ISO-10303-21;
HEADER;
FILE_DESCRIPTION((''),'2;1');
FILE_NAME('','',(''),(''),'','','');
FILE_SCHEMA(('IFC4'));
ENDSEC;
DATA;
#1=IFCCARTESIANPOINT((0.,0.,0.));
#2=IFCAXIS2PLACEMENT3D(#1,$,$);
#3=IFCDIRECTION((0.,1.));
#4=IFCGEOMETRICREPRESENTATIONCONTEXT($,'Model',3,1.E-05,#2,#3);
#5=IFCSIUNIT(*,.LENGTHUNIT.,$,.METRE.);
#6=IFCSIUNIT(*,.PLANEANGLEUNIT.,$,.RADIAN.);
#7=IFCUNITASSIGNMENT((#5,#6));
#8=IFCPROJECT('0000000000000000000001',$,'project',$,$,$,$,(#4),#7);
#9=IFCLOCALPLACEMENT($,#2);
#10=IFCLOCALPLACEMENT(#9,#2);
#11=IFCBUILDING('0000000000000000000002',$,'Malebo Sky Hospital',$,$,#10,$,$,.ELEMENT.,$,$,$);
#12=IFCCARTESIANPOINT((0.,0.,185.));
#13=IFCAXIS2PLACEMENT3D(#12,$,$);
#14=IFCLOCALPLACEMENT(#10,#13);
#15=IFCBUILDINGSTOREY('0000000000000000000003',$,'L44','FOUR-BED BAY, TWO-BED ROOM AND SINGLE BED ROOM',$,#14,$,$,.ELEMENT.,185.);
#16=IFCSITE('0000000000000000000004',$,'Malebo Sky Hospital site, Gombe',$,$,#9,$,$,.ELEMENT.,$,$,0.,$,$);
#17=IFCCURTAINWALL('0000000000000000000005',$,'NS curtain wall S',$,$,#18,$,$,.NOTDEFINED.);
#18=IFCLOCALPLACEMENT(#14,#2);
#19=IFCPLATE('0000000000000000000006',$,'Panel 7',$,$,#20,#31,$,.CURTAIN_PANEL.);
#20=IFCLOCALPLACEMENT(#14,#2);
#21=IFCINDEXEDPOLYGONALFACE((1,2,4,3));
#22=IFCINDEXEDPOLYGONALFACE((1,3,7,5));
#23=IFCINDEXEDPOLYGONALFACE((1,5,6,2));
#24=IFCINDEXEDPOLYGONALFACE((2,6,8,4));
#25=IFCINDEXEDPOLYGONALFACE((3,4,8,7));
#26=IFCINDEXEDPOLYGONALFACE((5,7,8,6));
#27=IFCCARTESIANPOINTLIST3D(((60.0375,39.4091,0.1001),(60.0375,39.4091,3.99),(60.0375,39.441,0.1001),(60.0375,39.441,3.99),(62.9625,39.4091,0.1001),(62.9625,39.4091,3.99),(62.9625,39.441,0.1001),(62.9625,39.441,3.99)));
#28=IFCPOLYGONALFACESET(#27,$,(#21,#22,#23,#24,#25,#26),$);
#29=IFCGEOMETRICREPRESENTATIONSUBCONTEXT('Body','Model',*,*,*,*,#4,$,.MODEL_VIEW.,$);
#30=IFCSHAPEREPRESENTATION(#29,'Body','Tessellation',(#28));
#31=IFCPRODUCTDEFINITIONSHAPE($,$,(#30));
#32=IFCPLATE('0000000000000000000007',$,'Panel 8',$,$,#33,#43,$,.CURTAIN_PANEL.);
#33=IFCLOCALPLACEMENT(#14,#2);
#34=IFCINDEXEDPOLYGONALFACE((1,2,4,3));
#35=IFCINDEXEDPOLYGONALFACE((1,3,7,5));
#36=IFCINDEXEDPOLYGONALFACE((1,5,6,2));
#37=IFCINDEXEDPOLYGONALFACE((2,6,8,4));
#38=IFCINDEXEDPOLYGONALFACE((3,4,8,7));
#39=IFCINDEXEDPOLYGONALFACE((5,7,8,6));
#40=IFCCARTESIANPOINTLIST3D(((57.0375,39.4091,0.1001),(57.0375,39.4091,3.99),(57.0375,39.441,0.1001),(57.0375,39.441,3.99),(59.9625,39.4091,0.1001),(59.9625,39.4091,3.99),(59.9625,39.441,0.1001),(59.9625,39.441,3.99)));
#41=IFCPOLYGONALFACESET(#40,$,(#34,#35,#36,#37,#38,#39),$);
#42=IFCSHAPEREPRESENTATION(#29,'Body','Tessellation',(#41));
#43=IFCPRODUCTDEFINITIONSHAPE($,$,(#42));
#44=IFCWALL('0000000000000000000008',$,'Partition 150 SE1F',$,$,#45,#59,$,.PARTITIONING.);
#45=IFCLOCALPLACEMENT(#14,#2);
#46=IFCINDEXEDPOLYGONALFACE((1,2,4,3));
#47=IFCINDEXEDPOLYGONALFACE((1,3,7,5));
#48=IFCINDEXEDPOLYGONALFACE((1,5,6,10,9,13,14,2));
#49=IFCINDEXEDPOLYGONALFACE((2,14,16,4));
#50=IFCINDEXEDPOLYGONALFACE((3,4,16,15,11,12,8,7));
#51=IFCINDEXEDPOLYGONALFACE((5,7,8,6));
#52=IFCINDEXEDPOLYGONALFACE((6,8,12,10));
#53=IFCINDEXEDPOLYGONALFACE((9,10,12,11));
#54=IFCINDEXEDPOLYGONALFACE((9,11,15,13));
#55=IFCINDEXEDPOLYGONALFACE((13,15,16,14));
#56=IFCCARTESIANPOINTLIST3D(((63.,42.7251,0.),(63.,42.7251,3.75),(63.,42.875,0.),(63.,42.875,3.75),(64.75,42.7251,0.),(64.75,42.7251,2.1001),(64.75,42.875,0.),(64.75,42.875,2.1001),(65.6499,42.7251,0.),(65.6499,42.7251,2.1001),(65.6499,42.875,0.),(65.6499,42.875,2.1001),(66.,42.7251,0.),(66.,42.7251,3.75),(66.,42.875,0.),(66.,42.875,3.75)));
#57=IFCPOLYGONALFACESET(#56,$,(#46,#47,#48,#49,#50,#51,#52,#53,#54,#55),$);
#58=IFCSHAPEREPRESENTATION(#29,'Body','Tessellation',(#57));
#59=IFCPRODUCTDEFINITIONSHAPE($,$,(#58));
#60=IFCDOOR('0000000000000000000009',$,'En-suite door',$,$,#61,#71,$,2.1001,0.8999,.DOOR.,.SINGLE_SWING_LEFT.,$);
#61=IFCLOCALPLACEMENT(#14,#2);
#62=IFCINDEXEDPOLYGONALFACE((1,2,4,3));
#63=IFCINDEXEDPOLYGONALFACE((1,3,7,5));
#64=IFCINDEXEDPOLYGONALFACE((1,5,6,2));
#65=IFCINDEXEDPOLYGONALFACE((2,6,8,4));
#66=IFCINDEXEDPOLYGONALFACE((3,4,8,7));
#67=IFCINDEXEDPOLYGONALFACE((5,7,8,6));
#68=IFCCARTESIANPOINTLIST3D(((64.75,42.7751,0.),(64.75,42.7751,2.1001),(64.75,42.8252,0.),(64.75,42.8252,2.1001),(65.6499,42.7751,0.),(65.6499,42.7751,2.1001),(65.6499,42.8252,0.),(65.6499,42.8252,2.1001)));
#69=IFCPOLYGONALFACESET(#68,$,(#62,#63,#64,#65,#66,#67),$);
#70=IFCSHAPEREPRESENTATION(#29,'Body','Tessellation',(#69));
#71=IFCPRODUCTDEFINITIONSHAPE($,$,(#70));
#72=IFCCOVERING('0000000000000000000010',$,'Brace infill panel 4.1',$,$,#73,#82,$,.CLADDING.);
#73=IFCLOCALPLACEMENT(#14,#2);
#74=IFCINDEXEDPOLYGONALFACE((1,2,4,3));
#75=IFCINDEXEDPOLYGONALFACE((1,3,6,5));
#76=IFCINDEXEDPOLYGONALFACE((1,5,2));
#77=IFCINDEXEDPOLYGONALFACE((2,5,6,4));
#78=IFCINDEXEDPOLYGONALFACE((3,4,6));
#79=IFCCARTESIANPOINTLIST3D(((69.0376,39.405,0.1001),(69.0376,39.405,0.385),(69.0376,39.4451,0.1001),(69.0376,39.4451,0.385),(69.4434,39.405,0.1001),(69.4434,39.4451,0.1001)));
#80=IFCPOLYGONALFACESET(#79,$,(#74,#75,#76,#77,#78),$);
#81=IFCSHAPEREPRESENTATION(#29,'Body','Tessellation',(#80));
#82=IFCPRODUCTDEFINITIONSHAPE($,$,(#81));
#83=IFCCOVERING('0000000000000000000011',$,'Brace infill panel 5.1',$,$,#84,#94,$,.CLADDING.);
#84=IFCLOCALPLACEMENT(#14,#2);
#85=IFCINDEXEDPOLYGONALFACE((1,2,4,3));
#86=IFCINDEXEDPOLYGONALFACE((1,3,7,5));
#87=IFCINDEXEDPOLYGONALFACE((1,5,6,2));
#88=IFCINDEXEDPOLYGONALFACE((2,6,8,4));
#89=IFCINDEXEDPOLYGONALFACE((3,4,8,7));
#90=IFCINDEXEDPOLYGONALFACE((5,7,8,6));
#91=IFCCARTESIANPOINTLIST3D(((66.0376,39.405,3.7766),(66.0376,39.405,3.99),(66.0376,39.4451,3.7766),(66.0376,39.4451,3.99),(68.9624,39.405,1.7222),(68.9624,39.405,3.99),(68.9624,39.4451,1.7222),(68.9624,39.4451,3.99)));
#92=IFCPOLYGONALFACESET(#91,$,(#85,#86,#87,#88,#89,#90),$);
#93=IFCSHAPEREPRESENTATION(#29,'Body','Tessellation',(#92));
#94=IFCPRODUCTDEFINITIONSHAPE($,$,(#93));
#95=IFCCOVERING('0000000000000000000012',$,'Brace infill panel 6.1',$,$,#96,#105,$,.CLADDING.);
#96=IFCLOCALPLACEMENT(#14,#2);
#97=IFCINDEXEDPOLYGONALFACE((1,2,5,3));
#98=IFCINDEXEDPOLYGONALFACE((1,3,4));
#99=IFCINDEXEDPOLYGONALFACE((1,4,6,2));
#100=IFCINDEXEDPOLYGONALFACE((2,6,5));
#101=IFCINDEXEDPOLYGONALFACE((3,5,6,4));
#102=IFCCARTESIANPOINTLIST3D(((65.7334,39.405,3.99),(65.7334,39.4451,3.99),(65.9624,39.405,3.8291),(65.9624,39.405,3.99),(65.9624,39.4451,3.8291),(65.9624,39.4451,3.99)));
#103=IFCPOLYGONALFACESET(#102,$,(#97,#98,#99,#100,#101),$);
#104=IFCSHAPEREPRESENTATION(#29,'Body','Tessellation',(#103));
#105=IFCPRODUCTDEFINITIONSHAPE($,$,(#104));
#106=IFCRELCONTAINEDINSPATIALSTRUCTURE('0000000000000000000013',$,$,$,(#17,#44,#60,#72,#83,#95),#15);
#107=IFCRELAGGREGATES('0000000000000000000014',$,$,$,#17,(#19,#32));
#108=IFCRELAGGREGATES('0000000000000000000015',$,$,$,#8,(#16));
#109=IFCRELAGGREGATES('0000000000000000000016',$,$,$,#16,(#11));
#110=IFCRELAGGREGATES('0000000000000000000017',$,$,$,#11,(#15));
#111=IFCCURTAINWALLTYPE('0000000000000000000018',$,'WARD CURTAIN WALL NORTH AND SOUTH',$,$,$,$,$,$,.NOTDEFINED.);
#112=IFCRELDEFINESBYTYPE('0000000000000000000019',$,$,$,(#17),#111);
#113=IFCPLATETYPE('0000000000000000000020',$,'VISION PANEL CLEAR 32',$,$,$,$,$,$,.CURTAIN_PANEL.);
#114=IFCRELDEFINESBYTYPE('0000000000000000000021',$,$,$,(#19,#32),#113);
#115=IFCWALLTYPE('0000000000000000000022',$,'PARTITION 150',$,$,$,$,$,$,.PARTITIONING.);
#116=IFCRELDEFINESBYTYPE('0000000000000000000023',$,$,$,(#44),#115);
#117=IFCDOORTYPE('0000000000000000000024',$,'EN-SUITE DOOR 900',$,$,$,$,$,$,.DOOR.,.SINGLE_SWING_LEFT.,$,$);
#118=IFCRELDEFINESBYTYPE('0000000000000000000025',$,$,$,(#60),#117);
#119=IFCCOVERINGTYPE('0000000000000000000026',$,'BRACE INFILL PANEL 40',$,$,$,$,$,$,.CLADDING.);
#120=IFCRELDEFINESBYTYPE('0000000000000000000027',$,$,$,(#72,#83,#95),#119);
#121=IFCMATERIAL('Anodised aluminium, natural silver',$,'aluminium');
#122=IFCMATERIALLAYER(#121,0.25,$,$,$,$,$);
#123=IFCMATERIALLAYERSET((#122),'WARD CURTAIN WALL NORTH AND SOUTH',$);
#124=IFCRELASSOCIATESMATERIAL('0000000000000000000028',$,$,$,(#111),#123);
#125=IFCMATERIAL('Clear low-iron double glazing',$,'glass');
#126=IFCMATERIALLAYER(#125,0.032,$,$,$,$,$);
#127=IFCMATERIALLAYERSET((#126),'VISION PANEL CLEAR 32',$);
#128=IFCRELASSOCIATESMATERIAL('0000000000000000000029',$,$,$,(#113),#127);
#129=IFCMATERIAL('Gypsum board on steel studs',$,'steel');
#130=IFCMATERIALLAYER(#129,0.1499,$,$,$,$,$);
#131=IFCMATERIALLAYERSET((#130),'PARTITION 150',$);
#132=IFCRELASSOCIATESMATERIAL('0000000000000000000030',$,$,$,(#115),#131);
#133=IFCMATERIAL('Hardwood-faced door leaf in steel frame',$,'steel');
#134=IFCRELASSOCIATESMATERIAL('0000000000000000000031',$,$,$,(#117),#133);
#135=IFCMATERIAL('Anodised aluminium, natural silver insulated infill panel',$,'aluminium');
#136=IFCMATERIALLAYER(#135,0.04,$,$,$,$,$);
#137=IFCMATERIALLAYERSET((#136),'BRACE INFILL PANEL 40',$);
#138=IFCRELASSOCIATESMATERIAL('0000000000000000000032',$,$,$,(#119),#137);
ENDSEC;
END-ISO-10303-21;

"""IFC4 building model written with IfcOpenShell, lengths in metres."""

from ifc_helpers import new_model, si_unit, direction, frame, frame_2d, origin, origin_2d, place, context, subcontext, project, spatial, polyline, rectangle, outline, extrude, material, layer, layer_set, type_object, element, fill, aggregate, save


model = new_model("IFC4")

# Units and contexts
model_context = context("Model", 3, precision=1e-05, world=origin(), true_north=direction((0.0, 1.0)))
body_context = subcontext(model_context, "Body", "Model", "MODEL_VIEW")
ifc_project = project(units=[si_unit("LENGTHUNIT", "METRE"), si_unit("PLANEANGLEUNIT", "RADIAN")], contexts=[model_context])

# Site, building, storey
site_placement = place(None, origin())
site = spatial("IfcSite", under=ifc_project, at=site_placement, Name="Malebo Sky Hospital site, Gombe", CompositionType="ELEMENT", RefElevation=0.0)
building_placement = place(site_placement, origin())
building = spatial("IfcBuilding", under=site, at=building_placement, Name="Malebo Sky Hospital", CompositionType="ELEMENT")
storey_placement = place(building_placement, frame((0.0, 0.0, 185.0)))
storey = spatial("IfcBuildingStorey", under=building, at=storey_placement, Name="L44", Description="FOUR-BED BAY, TWO-BED ROOM AND SINGLE BED ROOM", CompositionType="ELEMENT", Elevation=185.0)

# Curtain wall
ifc_material_1 = material(Name="Anodised aluminium, natural silver", Category="aluminium")
ifc_layer_1 = layer(ifc_material_1, 0.25)
ifc_layer_set_1 = layer_set([ifc_layer_1], Name="WARD CURTAIN WALL NORTH AND SOUTH")
curtain_wall_type = type_object("IfcCurtainWallType", Name="WARD CURTAIN WALL NORTH AND SOUTH", PredefinedType="NOTDEFINED", material=ifc_layer_set_1)
curtain_wall_placement = place(storey_placement, origin())
curtain_wall = element("IfcCurtainWall", 1, at=curtain_wall_placement, inside=storey, type_object=curtain_wall_type, Name="NS curtain wall S", PredefinedType="NOTDEFINED")

# Plates
ifc_material_2 = material(Name="Clear low-iron double glazing", Category="glass")
ifc_layer_2 = layer(ifc_material_2, 0.032)
ifc_layer_set_2 = layer_set([ifc_layer_2], Name="VISION PANEL CLEAR 32")
plate_type = type_object("IfcPlateType", Name="VISION PANEL CLEAR 32", PredefinedType="CURTAIN_PANEL", material=ifc_layer_set_2)
plate_1_placement = place(storey_placement, frame((61.5, 39.425, 0.1001), z_axis=(0.0, 0.0, 1.0), x_axis=(-1.0, 0.0, 0.0)))
plate_1 = element("IfcPlate", 2, at=plate_1_placement, type_object=plate_type, Name="Panel 7", PredefinedType="CURTAIN_PANEL", context=body_context, shape_type="SweptSolid", body=[
    extrude(rectangle(XDim=2.925, YDim=0.032, at=origin_2d()), origin(), (0.0, 0.0, 1.0), 3.8899),
])
plate_2_placement = place(storey_placement, frame((58.5, 39.425, 0.1001), z_axis=(0.0, 0.0, 1.0), x_axis=(-1.0, 0.0, 0.0)))
plate_2 = element("IfcPlate", 3, at=plate_2_placement, type_object=plate_type, Name="Panel 8", PredefinedType="CURTAIN_PANEL", context=body_context, shape_type="SweptSolid", body=[
    extrude(rectangle(XDim=2.925, YDim=0.032, at=origin_2d()), origin(), (0.0, 0.0, 1.0), 3.8899),
])
aggregate(curtain_wall, [plate_1, plate_2])

# Wall, opening, door
ifc_material_3 = material(Name="Gypsum board on steel studs", Category="steel")
ifc_layer_3 = layer(ifc_material_3, 0.1499)
ifc_layer_set_3 = layer_set([ifc_layer_3], Name="PARTITION 150")
wall_type = type_object("IfcWallType", Name="PARTITION 150", PredefinedType="PARTITIONING", material=ifc_layer_set_3)
wall_placement = place(storey_placement, frame((66.0, 42.8, 0.0), z_axis=(0.0, 0.0, 1.0), x_axis=(-1.0, 0.0, 0.0)))
wall = element("IfcWall", 4, at=wall_placement, inside=storey, type_object=wall_type, Name="Partition 150 SE1F", PredefinedType="PARTITIONING", context=body_context, shape_type="SweptSolid", body=[
    extrude(rectangle(XDim=3.0, YDim=0.1499, at=frame_2d((1.5, 0.0))), origin(), (0.0, 0.0, 1.0), 3.75),
])
opening_placement = place(wall_placement, frame((0.3501, 0.0, 0.0)))
opening = element("IfcOpeningElement", 5, at=opening_placement, cuts=wall, PredefinedType="OPENING", context=body_context, shape_type="SweptSolid", body=[
    extrude(rectangle(XDim=0.8999, YDim=2.1001, at=frame_2d((0.45, 1.05))), frame((0.0, 0.085, 0.0), z_axis=(0.0, -1.0, 0.0), x_axis=(1.0, 0.0, 0.0)), (0.0, 0.0, 1.0), 0.1699),
])
ifc_material_4 = material(Name="Hardwood-faced door leaf in steel frame", Category="steel")
door_type = type_object("IfcDoorType", Name="EN-SUITE DOOR 900", OperationType="SINGLE_SWING_LEFT", PredefinedType="DOOR", material=ifc_material_4)
door_placement = place(opening_placement, origin())
door = element("IfcDoor", 6, at=door_placement, inside=storey, type_object=door_type, Name="En-suite door", OperationType="SINGLE_SWING_LEFT", OverallHeight=2.1001, OverallWidth=0.8999, PredefinedType="DOOR", context=body_context, shape_type="SweptSolid", body=[
    extrude(rectangle(XDim=0.8999, YDim=2.1001, at=frame_2d((0.45, 1.05))), frame((0.0, 0.0249, 0.0), z_axis=(0.0, -1.0, 0.0), x_axis=(1.0, 0.0, 0.0)), (0.0, 0.0, 1.0), 0.05),
])
fill(opening, door)

# Coverings
ifc_material_5 = material(Name="Anodised aluminium, natural silver insulated infill panel", Category="aluminium")
ifc_layer_4 = layer(ifc_material_5, 0.04)
ifc_layer_set_4 = layer_set([ifc_layer_4], Name="BRACE INFILL PANEL 40")
covering_type = type_object("IfcCoveringType", Name="BRACE INFILL PANEL 40", PredefinedType="CLADDING", material=ifc_layer_set_4)
covering_1_placement = place(storey_placement, frame((69.2405, 39.425, 0.1001), z_axis=(0.0, 0.0, 1.0), x_axis=(-1.0, 0.0, 0.0)))
element("IfcCovering", 7, at=covering_1_placement, inside=storey, type_object=covering_type, Name="Brace infill panel 4.1", PredefinedType="CLADDING", context=body_context, shape_type="SweptSolid", body=[
    extrude(outline(polyline([(-0.2029, 0.0), (0.2029, 0.0), (0.2029, 0.2849), (-0.2029, 0.0)])), frame((0.0, 0.02, 0.0), z_axis=(0.0, -1.0, 0.0), x_axis=(1.0, 0.0, 0.0)), (0.0, 0.0, 1.0), 0.04),
])
covering_2_placement = place(storey_placement, frame((67.5, 39.425, 1.7222), z_axis=(0.0, 0.0, 1.0), x_axis=(-1.0, 0.0, 0.0)))
element("IfcCovering", 8, at=covering_2_placement, inside=storey, type_object=covering_type, Name="Brace infill panel 5.1", PredefinedType="CLADDING", context=body_context, shape_type="SweptSolid", body=[
    extrude(outline(polyline([(-1.4624, 0.0), (1.4624, 2.0544), (1.4624, 2.2678), (-1.4624, 2.2678), (-1.4624, 0.0)])), frame((0.0, 0.02, 0.0), z_axis=(0.0, -1.0, 0.0), x_axis=(1.0, 0.0, 0.0)), (0.0, 0.0, 1.0), 0.04),
])
covering_3_placement = place(storey_placement, frame((65.8479, 39.425, 3.8291), z_axis=(0.0, 0.0, 1.0), x_axis=(-1.0, 0.0, 0.0)))
element("IfcCovering", 9, at=covering_3_placement, inside=storey, type_object=covering_type, Name="Brace infill panel 6.1", PredefinedType="CLADDING", context=body_context, shape_type="SweptSolid", body=[
    extrude(outline(polyline([(-0.1145, 0.0), (0.1145, 0.1609), (-0.1145, 0.1609), (-0.1145, 0.0)])), frame((0.0, 0.02, 0.0), z_axis=(0.0, -1.0, 0.0), x_axis=(1.0, 0.0, 0.0)), (0.0, 0.0, 1.0), 0.04),
])

save(model, "model.ifc")
